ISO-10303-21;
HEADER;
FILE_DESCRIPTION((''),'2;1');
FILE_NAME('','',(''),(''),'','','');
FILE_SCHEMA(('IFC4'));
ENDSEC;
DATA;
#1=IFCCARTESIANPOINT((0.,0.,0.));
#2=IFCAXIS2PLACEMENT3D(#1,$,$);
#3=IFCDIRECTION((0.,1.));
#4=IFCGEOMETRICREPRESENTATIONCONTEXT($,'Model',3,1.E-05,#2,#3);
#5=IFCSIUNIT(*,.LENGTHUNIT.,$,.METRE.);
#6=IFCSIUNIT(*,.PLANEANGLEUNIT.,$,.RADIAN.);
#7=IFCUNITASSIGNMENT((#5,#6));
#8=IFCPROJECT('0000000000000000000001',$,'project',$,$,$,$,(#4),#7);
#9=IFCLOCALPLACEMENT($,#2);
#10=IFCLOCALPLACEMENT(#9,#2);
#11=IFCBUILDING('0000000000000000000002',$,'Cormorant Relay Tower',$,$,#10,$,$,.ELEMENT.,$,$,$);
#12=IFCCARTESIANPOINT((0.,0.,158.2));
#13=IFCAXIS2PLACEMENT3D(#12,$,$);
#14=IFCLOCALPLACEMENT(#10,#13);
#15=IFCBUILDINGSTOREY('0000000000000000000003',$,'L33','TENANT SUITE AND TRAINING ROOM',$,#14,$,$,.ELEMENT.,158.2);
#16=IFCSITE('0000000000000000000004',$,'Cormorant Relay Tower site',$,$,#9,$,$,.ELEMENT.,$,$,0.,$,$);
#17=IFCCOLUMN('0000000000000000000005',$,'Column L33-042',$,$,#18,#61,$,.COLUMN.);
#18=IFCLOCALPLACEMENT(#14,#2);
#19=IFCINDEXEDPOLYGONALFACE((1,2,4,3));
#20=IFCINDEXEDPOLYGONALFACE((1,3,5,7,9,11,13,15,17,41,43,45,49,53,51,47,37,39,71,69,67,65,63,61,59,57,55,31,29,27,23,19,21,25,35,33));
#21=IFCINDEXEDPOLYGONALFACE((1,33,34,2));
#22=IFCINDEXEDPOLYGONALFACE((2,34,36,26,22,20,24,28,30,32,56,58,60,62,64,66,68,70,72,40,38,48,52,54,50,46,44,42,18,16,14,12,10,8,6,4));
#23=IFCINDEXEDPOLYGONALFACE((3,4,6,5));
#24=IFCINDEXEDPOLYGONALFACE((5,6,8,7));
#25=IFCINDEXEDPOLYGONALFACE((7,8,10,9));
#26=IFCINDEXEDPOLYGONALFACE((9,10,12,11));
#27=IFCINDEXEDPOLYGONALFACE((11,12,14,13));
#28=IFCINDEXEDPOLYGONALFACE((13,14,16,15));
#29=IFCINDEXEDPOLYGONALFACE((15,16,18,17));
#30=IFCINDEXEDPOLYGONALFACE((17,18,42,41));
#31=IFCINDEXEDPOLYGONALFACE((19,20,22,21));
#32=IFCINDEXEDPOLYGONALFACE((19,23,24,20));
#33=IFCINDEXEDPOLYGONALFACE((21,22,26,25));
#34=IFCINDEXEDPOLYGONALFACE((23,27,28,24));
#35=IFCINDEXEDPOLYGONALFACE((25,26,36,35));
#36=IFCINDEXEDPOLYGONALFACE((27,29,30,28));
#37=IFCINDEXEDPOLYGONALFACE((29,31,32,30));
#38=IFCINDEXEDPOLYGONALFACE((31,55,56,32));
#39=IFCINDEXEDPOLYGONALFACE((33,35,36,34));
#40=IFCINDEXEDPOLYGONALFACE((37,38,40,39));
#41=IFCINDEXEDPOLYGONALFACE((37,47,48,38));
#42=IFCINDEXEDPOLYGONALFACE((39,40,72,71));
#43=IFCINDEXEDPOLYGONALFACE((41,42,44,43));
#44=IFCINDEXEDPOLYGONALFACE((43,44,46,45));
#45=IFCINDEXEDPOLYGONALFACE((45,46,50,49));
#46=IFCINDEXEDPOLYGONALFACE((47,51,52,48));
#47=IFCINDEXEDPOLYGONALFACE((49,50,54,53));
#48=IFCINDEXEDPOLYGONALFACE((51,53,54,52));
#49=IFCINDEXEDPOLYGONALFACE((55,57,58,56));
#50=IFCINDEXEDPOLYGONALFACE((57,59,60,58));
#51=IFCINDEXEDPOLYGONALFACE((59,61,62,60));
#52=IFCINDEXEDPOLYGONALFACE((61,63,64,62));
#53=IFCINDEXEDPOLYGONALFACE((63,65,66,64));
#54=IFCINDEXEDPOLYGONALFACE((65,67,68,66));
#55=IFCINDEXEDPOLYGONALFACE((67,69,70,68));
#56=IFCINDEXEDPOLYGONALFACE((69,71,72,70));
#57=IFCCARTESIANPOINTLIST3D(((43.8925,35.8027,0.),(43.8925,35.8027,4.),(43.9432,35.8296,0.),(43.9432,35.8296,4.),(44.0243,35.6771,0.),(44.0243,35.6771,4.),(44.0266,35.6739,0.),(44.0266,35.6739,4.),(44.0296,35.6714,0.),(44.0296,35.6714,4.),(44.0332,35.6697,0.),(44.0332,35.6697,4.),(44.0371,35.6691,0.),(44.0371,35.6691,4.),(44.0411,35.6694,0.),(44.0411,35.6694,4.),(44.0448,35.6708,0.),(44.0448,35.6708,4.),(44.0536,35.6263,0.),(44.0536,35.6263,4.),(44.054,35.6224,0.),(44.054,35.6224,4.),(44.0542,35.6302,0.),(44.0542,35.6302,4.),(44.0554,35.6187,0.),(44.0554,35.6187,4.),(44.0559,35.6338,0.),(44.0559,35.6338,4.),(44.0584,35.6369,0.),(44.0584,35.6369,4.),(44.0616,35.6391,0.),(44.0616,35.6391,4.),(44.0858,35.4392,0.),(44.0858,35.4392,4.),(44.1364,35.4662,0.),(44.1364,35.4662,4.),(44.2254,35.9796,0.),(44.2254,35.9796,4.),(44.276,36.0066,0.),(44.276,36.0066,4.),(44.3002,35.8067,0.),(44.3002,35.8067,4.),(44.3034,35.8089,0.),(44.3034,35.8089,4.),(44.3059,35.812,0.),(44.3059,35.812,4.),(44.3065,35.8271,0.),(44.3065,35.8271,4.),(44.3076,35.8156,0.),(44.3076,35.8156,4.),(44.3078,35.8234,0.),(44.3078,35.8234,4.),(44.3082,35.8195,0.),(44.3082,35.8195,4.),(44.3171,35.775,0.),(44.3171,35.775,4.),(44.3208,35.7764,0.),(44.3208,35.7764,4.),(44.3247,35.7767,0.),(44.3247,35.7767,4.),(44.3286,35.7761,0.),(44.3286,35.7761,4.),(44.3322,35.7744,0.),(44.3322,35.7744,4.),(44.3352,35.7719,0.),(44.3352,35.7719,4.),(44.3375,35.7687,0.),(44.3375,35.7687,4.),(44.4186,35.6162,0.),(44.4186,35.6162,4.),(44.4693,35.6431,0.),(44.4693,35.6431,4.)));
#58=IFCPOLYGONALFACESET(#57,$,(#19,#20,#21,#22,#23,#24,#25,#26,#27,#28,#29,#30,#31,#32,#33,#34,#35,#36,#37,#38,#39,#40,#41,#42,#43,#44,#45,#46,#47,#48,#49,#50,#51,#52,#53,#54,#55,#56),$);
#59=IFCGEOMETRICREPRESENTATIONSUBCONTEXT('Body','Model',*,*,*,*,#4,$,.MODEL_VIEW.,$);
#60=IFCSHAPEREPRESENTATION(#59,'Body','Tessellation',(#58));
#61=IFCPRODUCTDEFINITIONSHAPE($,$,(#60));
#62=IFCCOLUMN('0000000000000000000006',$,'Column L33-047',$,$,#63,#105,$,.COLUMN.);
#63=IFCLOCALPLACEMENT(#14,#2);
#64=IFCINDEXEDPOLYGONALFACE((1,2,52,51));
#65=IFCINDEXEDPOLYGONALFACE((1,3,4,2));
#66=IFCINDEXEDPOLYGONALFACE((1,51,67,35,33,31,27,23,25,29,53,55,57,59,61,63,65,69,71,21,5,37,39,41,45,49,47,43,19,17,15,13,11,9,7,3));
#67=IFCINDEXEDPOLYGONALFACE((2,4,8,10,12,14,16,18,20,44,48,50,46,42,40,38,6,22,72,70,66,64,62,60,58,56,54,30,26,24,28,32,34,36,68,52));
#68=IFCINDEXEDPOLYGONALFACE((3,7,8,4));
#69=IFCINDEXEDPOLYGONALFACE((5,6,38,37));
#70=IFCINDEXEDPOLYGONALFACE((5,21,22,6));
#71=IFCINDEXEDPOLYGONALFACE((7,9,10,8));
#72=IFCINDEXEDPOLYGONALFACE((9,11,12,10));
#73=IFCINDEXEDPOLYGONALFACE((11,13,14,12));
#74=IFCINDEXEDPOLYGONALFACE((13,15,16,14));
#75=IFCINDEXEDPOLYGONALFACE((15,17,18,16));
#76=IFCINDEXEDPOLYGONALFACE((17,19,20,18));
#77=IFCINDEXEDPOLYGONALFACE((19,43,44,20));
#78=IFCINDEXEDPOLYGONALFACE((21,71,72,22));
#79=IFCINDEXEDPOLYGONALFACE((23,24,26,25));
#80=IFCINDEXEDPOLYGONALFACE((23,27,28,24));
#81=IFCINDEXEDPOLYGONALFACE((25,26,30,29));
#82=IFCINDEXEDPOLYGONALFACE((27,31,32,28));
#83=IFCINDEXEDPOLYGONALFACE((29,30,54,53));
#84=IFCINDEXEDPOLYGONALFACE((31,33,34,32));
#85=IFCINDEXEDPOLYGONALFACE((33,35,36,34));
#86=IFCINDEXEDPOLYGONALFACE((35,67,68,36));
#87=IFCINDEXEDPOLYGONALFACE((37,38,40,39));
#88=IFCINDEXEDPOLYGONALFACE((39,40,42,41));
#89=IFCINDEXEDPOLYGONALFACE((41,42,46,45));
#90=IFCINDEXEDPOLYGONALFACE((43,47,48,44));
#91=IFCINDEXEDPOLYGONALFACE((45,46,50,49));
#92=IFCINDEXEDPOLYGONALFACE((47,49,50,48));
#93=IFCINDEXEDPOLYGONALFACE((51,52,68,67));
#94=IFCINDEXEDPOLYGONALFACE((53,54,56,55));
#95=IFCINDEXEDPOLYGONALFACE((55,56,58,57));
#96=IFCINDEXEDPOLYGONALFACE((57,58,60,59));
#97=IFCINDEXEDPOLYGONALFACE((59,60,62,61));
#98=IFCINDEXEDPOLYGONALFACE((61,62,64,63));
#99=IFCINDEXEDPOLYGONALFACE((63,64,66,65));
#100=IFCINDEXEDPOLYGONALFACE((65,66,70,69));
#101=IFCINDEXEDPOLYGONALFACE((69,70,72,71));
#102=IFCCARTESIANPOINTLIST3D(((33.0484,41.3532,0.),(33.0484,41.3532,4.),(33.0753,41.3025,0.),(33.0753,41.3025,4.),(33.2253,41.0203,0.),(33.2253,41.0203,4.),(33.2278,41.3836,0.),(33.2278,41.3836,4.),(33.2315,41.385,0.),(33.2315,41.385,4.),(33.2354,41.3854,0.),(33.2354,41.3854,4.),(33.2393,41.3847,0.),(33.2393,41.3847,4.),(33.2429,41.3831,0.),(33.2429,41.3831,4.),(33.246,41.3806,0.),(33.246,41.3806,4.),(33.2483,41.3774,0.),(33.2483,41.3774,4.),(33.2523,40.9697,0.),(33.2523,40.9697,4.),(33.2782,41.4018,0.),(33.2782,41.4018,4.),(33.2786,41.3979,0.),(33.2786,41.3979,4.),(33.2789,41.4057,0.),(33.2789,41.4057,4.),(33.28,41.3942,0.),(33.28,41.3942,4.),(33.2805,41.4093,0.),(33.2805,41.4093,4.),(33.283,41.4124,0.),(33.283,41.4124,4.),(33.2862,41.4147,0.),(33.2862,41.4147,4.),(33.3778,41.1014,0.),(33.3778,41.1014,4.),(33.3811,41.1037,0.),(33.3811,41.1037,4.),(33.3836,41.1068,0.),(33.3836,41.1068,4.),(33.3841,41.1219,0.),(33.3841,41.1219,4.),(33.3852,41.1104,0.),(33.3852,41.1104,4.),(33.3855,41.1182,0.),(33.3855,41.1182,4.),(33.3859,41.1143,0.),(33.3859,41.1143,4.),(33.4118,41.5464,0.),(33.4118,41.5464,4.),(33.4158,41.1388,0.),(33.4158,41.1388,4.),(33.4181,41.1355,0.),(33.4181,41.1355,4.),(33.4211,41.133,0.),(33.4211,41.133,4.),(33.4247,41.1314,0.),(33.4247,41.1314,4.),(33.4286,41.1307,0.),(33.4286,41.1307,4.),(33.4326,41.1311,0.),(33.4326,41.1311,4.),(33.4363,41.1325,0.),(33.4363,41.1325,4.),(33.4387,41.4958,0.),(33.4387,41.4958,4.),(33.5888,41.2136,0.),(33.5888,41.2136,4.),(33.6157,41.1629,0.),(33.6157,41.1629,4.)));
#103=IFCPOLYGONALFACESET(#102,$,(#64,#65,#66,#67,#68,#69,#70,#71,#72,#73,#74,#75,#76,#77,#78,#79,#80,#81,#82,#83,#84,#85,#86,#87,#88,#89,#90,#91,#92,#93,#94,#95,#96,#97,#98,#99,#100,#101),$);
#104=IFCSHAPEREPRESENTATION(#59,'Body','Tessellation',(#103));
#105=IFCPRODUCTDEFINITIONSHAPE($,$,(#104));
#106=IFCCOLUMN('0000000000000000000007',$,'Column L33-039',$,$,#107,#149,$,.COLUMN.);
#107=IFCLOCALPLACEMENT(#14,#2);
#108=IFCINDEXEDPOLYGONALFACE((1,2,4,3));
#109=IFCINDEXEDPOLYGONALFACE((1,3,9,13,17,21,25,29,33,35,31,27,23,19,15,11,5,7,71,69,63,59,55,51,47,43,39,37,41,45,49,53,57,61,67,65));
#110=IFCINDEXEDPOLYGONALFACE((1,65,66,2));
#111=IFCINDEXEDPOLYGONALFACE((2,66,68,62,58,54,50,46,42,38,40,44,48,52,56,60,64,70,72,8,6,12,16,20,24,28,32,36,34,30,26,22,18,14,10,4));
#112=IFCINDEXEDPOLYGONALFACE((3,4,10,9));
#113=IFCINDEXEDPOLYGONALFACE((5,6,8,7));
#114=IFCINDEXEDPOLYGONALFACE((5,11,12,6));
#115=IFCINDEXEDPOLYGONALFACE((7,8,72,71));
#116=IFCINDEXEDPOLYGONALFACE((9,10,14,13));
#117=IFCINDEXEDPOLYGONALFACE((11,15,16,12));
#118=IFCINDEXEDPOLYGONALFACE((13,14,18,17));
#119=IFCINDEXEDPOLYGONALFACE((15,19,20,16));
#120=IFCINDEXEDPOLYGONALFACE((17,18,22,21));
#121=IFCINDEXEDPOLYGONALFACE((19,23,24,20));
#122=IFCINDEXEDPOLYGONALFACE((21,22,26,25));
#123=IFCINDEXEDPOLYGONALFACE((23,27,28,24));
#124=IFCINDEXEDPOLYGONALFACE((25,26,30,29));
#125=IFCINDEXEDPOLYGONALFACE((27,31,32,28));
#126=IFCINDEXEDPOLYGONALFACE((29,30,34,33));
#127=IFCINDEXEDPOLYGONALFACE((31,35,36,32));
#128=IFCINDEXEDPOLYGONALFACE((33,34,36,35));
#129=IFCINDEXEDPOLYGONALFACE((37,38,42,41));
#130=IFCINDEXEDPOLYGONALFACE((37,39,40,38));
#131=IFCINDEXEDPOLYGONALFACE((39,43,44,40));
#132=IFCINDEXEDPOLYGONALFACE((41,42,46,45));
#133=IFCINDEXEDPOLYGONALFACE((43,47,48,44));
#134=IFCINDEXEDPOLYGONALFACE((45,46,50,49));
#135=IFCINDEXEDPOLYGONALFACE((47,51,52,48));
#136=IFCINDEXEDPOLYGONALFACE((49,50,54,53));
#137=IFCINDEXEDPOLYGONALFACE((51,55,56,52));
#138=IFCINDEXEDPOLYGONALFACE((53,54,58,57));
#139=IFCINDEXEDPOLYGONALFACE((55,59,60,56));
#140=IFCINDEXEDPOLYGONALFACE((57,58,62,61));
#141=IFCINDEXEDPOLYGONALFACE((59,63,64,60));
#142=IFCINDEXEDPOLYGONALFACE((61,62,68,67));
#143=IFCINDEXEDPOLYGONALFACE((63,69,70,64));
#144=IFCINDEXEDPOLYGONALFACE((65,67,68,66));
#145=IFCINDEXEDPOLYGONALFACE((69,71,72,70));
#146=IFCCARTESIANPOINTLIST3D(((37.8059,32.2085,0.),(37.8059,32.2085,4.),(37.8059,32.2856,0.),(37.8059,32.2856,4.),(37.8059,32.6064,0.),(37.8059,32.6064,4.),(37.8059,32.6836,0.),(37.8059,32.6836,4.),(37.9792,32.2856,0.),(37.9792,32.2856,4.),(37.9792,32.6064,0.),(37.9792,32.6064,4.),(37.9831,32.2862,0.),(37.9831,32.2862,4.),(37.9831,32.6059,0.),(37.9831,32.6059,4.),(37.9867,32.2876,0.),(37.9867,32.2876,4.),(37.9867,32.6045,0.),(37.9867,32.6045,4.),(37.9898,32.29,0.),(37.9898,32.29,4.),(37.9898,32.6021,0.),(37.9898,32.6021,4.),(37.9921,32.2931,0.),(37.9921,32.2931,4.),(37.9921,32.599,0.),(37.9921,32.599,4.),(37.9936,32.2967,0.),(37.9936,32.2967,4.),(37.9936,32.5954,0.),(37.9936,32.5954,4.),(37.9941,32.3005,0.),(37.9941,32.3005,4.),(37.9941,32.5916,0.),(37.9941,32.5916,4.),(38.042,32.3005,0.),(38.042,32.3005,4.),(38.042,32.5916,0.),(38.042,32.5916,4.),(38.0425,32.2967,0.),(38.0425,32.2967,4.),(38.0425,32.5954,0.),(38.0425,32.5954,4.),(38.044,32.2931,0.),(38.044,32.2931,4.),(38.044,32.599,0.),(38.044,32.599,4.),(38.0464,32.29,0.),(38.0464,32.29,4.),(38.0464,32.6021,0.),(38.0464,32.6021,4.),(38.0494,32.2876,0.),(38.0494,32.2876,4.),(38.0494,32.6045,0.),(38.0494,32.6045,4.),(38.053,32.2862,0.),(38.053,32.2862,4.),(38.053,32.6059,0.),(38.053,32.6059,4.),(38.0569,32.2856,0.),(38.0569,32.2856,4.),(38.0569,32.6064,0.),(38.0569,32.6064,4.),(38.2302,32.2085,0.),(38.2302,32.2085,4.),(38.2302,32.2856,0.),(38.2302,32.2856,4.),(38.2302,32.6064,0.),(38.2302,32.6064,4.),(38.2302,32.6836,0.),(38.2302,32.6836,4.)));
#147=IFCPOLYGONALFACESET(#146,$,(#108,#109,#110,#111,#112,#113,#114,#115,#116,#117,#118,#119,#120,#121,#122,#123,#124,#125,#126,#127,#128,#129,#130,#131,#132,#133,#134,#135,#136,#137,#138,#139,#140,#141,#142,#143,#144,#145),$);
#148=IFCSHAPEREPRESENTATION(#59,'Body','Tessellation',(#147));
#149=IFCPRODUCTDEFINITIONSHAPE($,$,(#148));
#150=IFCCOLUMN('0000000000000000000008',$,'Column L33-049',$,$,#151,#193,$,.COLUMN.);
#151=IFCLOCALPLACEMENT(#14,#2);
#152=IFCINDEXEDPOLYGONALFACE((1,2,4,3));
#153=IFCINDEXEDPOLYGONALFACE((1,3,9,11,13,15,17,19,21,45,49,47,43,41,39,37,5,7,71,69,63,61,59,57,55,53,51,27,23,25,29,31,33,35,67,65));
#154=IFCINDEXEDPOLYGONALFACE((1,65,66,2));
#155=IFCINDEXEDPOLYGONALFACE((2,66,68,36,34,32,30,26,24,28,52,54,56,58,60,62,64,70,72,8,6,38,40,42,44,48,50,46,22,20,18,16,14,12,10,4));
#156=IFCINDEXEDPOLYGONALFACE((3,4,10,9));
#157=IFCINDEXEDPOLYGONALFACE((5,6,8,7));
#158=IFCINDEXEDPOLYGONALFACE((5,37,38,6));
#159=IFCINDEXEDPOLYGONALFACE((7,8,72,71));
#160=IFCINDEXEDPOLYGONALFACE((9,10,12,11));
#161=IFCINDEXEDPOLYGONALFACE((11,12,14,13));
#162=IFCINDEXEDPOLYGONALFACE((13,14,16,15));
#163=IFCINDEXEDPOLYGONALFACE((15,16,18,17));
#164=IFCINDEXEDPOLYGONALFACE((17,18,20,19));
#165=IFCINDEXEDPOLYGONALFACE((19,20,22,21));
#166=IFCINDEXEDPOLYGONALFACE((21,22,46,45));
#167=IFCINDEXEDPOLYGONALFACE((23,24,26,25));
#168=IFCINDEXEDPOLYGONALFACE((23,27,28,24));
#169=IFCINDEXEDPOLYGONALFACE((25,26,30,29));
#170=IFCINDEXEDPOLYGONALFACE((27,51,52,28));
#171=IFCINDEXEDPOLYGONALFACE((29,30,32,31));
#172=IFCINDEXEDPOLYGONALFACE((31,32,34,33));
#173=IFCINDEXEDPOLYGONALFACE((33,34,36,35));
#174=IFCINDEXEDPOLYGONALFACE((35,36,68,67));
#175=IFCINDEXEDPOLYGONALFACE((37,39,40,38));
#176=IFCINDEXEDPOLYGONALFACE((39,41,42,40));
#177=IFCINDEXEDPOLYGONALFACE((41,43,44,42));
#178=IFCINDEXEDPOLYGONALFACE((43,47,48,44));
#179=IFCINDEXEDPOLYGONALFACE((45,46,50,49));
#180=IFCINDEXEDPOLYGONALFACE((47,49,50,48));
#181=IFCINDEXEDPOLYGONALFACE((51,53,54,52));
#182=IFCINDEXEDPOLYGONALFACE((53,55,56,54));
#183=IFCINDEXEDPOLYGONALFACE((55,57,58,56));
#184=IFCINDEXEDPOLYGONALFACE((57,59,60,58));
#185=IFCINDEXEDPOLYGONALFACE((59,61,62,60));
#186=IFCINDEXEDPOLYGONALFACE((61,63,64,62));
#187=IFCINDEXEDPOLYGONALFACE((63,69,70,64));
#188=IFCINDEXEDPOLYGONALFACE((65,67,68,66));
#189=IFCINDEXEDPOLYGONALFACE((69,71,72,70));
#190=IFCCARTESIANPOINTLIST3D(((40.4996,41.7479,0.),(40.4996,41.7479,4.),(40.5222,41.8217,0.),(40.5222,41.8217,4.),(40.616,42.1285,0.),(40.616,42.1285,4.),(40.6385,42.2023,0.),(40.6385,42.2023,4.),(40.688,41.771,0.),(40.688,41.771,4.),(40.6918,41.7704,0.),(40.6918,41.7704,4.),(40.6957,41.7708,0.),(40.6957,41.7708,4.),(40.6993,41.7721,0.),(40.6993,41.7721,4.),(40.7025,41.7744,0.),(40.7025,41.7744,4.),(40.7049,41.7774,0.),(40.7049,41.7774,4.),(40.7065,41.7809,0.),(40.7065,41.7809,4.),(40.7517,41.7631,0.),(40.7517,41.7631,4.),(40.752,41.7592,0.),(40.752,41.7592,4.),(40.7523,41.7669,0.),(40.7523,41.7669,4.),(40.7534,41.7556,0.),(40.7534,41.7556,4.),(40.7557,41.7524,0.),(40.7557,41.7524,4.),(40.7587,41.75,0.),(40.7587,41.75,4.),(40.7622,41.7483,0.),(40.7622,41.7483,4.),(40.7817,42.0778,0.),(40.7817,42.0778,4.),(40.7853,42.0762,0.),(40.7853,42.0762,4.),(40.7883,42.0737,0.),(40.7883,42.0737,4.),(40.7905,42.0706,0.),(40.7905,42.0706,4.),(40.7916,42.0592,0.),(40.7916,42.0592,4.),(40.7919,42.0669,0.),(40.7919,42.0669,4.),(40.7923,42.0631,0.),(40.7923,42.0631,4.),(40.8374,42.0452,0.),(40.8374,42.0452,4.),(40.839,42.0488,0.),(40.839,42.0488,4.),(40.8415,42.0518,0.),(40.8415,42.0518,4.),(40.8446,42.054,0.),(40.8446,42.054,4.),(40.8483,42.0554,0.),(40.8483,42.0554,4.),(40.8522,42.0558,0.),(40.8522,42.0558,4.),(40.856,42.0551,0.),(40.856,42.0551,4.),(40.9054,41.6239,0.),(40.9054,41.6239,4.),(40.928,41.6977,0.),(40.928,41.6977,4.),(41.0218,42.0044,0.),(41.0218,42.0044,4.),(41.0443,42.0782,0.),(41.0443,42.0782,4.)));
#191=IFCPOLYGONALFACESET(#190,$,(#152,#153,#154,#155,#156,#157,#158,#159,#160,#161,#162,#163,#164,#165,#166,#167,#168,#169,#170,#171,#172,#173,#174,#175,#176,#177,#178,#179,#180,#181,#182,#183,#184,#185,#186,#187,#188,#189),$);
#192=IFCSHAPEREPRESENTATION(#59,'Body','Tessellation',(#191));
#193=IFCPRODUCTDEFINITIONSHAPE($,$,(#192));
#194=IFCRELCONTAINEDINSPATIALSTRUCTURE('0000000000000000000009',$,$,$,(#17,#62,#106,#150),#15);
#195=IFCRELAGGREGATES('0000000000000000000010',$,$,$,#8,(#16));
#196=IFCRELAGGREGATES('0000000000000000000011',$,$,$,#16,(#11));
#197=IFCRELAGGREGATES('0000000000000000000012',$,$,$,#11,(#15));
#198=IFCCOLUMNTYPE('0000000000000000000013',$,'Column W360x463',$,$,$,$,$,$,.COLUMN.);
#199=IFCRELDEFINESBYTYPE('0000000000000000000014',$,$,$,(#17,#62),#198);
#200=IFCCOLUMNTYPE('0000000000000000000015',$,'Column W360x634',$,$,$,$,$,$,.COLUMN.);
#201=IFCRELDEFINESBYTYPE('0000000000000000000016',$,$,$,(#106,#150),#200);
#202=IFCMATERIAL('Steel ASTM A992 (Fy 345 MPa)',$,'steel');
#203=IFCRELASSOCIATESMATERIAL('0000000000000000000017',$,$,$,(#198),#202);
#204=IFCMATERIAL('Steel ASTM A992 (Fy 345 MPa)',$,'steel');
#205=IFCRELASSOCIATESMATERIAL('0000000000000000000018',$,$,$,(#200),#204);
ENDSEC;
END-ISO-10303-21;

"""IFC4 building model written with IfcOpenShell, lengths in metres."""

from ifc_helpers import new_model, si_unit, direction, frame, origin, origin_2d, place, context, subcontext, project, spatial, i_section, extrude, material, material_profile, profile_set, type_object, element, save


model = new_model("IFC4")

# Units and contexts
model_context = context("Model", 3, precision=1e-05, world=origin(), true_north=direction((0.0, 1.0)))
body_context = subcontext(model_context, "Body", "Model", "MODEL_VIEW")
ifc_project = project(units=[si_unit("LENGTHUNIT", "METRE"), si_unit("PLANEANGLEUNIT", "RADIAN")], contexts=[model_context])

# Site, building, storey
site_placement = place(None, origin())
site = spatial("IfcSite", under=ifc_project, at=site_placement, Name="Cormorant Relay Tower site", CompositionType="ELEMENT", RefElevation=0.0)
building_placement = place(site_placement, origin())
building = spatial("IfcBuilding", under=site, at=building_placement, Name="Cormorant Relay Tower", CompositionType="ELEMENT")
storey_placement = place(building_placement, frame((0.0, 0.0, 158.2)))
storey = spatial("IfcBuildingStorey", under=building, at=storey_placement, Name="L33", Description="TENANT SUITE AND TRAINING ROOM", CompositionType="ELEMENT", Elevation=158.2)

# Columns
ifc_material_1 = material(Name="Steel ASTM A992 (Fy 345 MPa)", Category="steel")
ifc_material_profile_1 = material_profile(ifc_material_1, i_section(OverallWidth=0.4116, OverallDepth=0.4343, WebThickness=0.0359, FlangeThickness=0.0574, FilletRadius=0.0151, at=origin_2d()), Name="W360x463")
ifc_profile_set_1 = profile_set([ifc_material_profile_1], Name="Steel ASTM A992 (Fy 345 MPa)")
column_type_1 = type_object("IfcColumnType", Name="Column W360x463", PredefinedType="COLUMN", material=ifc_profile_set_1)
for number, where, z_axis, x_axis, name in (
    (1, (44.1809, 35.7229, 0.0), (0.0, 0.0, 1.0), (-0.469472, 0.882948, 0.0), "Column L33-042"),
    (2, (33.332, 41.2581, 0.0), (0.0, 0.0, 1.0), (-0.882948, -0.469472, 0.0), "Column L33-047"),
):
    element("IfcColumn", number, at=place(storey_placement, frame(where, z_axis=z_axis, x_axis=x_axis)), inside=storey, type_object=column_type_1, Name=name, PredefinedType="COLUMN", context=body_context, shape_type="SweptSolid", body=[
        extrude(i_section(OverallWidth=0.4116, OverallDepth=0.4343, WebThickness=0.0359, FlangeThickness=0.0574, FilletRadius=0.0151, at=origin_2d()), origin(), (0.0, 0.0, 1.0), 4.0),
    ])
ifc_material_2 = material(Name="Steel ASTM A992 (Fy 345 MPa)", Category="steel")
ifc_material_profile_2 = material_profile(ifc_material_2, i_section(OverallWidth=0.4243, OverallDepth=0.4751, WebThickness=0.0479, FlangeThickness=0.0771, FilletRadius=0.0149, at=origin_2d()), Name="W360x634")
ifc_profile_set_2 = profile_set([ifc_material_profile_2], Name="Steel ASTM A992 (Fy 345 MPa)")
column_type_2 = type_object("IfcColumnType", Name="Column W360x634", PredefinedType="COLUMN", material=ifc_profile_set_2)
for number, where, z_axis, x_axis, name in (
    (3, (38.0181, 32.446, 0.0), (0.0, 0.0, 1.0), (1.0, 0.0, 0.0), "Column L33-039"),
    (4, (40.772, 41.9131, 0.0), (0.0, 0.0, 1.0), (-0.956305, 0.292372, 0.0), "Column L33-049"),
):
    element("IfcColumn", number, at=place(storey_placement, frame(where, z_axis=z_axis, x_axis=x_axis)), inside=storey, type_object=column_type_2, Name=name, PredefinedType="COLUMN", context=body_context, shape_type="SweptSolid", body=[
        extrude(i_section(OverallWidth=0.4243, OverallDepth=0.4751, WebThickness=0.0479, FlangeThickness=0.0771, FilletRadius=0.0149, at=origin_2d()), origin(), (0.0, 0.0, 1.0), 4.0),
    ])

save(model, "model.ifc")
